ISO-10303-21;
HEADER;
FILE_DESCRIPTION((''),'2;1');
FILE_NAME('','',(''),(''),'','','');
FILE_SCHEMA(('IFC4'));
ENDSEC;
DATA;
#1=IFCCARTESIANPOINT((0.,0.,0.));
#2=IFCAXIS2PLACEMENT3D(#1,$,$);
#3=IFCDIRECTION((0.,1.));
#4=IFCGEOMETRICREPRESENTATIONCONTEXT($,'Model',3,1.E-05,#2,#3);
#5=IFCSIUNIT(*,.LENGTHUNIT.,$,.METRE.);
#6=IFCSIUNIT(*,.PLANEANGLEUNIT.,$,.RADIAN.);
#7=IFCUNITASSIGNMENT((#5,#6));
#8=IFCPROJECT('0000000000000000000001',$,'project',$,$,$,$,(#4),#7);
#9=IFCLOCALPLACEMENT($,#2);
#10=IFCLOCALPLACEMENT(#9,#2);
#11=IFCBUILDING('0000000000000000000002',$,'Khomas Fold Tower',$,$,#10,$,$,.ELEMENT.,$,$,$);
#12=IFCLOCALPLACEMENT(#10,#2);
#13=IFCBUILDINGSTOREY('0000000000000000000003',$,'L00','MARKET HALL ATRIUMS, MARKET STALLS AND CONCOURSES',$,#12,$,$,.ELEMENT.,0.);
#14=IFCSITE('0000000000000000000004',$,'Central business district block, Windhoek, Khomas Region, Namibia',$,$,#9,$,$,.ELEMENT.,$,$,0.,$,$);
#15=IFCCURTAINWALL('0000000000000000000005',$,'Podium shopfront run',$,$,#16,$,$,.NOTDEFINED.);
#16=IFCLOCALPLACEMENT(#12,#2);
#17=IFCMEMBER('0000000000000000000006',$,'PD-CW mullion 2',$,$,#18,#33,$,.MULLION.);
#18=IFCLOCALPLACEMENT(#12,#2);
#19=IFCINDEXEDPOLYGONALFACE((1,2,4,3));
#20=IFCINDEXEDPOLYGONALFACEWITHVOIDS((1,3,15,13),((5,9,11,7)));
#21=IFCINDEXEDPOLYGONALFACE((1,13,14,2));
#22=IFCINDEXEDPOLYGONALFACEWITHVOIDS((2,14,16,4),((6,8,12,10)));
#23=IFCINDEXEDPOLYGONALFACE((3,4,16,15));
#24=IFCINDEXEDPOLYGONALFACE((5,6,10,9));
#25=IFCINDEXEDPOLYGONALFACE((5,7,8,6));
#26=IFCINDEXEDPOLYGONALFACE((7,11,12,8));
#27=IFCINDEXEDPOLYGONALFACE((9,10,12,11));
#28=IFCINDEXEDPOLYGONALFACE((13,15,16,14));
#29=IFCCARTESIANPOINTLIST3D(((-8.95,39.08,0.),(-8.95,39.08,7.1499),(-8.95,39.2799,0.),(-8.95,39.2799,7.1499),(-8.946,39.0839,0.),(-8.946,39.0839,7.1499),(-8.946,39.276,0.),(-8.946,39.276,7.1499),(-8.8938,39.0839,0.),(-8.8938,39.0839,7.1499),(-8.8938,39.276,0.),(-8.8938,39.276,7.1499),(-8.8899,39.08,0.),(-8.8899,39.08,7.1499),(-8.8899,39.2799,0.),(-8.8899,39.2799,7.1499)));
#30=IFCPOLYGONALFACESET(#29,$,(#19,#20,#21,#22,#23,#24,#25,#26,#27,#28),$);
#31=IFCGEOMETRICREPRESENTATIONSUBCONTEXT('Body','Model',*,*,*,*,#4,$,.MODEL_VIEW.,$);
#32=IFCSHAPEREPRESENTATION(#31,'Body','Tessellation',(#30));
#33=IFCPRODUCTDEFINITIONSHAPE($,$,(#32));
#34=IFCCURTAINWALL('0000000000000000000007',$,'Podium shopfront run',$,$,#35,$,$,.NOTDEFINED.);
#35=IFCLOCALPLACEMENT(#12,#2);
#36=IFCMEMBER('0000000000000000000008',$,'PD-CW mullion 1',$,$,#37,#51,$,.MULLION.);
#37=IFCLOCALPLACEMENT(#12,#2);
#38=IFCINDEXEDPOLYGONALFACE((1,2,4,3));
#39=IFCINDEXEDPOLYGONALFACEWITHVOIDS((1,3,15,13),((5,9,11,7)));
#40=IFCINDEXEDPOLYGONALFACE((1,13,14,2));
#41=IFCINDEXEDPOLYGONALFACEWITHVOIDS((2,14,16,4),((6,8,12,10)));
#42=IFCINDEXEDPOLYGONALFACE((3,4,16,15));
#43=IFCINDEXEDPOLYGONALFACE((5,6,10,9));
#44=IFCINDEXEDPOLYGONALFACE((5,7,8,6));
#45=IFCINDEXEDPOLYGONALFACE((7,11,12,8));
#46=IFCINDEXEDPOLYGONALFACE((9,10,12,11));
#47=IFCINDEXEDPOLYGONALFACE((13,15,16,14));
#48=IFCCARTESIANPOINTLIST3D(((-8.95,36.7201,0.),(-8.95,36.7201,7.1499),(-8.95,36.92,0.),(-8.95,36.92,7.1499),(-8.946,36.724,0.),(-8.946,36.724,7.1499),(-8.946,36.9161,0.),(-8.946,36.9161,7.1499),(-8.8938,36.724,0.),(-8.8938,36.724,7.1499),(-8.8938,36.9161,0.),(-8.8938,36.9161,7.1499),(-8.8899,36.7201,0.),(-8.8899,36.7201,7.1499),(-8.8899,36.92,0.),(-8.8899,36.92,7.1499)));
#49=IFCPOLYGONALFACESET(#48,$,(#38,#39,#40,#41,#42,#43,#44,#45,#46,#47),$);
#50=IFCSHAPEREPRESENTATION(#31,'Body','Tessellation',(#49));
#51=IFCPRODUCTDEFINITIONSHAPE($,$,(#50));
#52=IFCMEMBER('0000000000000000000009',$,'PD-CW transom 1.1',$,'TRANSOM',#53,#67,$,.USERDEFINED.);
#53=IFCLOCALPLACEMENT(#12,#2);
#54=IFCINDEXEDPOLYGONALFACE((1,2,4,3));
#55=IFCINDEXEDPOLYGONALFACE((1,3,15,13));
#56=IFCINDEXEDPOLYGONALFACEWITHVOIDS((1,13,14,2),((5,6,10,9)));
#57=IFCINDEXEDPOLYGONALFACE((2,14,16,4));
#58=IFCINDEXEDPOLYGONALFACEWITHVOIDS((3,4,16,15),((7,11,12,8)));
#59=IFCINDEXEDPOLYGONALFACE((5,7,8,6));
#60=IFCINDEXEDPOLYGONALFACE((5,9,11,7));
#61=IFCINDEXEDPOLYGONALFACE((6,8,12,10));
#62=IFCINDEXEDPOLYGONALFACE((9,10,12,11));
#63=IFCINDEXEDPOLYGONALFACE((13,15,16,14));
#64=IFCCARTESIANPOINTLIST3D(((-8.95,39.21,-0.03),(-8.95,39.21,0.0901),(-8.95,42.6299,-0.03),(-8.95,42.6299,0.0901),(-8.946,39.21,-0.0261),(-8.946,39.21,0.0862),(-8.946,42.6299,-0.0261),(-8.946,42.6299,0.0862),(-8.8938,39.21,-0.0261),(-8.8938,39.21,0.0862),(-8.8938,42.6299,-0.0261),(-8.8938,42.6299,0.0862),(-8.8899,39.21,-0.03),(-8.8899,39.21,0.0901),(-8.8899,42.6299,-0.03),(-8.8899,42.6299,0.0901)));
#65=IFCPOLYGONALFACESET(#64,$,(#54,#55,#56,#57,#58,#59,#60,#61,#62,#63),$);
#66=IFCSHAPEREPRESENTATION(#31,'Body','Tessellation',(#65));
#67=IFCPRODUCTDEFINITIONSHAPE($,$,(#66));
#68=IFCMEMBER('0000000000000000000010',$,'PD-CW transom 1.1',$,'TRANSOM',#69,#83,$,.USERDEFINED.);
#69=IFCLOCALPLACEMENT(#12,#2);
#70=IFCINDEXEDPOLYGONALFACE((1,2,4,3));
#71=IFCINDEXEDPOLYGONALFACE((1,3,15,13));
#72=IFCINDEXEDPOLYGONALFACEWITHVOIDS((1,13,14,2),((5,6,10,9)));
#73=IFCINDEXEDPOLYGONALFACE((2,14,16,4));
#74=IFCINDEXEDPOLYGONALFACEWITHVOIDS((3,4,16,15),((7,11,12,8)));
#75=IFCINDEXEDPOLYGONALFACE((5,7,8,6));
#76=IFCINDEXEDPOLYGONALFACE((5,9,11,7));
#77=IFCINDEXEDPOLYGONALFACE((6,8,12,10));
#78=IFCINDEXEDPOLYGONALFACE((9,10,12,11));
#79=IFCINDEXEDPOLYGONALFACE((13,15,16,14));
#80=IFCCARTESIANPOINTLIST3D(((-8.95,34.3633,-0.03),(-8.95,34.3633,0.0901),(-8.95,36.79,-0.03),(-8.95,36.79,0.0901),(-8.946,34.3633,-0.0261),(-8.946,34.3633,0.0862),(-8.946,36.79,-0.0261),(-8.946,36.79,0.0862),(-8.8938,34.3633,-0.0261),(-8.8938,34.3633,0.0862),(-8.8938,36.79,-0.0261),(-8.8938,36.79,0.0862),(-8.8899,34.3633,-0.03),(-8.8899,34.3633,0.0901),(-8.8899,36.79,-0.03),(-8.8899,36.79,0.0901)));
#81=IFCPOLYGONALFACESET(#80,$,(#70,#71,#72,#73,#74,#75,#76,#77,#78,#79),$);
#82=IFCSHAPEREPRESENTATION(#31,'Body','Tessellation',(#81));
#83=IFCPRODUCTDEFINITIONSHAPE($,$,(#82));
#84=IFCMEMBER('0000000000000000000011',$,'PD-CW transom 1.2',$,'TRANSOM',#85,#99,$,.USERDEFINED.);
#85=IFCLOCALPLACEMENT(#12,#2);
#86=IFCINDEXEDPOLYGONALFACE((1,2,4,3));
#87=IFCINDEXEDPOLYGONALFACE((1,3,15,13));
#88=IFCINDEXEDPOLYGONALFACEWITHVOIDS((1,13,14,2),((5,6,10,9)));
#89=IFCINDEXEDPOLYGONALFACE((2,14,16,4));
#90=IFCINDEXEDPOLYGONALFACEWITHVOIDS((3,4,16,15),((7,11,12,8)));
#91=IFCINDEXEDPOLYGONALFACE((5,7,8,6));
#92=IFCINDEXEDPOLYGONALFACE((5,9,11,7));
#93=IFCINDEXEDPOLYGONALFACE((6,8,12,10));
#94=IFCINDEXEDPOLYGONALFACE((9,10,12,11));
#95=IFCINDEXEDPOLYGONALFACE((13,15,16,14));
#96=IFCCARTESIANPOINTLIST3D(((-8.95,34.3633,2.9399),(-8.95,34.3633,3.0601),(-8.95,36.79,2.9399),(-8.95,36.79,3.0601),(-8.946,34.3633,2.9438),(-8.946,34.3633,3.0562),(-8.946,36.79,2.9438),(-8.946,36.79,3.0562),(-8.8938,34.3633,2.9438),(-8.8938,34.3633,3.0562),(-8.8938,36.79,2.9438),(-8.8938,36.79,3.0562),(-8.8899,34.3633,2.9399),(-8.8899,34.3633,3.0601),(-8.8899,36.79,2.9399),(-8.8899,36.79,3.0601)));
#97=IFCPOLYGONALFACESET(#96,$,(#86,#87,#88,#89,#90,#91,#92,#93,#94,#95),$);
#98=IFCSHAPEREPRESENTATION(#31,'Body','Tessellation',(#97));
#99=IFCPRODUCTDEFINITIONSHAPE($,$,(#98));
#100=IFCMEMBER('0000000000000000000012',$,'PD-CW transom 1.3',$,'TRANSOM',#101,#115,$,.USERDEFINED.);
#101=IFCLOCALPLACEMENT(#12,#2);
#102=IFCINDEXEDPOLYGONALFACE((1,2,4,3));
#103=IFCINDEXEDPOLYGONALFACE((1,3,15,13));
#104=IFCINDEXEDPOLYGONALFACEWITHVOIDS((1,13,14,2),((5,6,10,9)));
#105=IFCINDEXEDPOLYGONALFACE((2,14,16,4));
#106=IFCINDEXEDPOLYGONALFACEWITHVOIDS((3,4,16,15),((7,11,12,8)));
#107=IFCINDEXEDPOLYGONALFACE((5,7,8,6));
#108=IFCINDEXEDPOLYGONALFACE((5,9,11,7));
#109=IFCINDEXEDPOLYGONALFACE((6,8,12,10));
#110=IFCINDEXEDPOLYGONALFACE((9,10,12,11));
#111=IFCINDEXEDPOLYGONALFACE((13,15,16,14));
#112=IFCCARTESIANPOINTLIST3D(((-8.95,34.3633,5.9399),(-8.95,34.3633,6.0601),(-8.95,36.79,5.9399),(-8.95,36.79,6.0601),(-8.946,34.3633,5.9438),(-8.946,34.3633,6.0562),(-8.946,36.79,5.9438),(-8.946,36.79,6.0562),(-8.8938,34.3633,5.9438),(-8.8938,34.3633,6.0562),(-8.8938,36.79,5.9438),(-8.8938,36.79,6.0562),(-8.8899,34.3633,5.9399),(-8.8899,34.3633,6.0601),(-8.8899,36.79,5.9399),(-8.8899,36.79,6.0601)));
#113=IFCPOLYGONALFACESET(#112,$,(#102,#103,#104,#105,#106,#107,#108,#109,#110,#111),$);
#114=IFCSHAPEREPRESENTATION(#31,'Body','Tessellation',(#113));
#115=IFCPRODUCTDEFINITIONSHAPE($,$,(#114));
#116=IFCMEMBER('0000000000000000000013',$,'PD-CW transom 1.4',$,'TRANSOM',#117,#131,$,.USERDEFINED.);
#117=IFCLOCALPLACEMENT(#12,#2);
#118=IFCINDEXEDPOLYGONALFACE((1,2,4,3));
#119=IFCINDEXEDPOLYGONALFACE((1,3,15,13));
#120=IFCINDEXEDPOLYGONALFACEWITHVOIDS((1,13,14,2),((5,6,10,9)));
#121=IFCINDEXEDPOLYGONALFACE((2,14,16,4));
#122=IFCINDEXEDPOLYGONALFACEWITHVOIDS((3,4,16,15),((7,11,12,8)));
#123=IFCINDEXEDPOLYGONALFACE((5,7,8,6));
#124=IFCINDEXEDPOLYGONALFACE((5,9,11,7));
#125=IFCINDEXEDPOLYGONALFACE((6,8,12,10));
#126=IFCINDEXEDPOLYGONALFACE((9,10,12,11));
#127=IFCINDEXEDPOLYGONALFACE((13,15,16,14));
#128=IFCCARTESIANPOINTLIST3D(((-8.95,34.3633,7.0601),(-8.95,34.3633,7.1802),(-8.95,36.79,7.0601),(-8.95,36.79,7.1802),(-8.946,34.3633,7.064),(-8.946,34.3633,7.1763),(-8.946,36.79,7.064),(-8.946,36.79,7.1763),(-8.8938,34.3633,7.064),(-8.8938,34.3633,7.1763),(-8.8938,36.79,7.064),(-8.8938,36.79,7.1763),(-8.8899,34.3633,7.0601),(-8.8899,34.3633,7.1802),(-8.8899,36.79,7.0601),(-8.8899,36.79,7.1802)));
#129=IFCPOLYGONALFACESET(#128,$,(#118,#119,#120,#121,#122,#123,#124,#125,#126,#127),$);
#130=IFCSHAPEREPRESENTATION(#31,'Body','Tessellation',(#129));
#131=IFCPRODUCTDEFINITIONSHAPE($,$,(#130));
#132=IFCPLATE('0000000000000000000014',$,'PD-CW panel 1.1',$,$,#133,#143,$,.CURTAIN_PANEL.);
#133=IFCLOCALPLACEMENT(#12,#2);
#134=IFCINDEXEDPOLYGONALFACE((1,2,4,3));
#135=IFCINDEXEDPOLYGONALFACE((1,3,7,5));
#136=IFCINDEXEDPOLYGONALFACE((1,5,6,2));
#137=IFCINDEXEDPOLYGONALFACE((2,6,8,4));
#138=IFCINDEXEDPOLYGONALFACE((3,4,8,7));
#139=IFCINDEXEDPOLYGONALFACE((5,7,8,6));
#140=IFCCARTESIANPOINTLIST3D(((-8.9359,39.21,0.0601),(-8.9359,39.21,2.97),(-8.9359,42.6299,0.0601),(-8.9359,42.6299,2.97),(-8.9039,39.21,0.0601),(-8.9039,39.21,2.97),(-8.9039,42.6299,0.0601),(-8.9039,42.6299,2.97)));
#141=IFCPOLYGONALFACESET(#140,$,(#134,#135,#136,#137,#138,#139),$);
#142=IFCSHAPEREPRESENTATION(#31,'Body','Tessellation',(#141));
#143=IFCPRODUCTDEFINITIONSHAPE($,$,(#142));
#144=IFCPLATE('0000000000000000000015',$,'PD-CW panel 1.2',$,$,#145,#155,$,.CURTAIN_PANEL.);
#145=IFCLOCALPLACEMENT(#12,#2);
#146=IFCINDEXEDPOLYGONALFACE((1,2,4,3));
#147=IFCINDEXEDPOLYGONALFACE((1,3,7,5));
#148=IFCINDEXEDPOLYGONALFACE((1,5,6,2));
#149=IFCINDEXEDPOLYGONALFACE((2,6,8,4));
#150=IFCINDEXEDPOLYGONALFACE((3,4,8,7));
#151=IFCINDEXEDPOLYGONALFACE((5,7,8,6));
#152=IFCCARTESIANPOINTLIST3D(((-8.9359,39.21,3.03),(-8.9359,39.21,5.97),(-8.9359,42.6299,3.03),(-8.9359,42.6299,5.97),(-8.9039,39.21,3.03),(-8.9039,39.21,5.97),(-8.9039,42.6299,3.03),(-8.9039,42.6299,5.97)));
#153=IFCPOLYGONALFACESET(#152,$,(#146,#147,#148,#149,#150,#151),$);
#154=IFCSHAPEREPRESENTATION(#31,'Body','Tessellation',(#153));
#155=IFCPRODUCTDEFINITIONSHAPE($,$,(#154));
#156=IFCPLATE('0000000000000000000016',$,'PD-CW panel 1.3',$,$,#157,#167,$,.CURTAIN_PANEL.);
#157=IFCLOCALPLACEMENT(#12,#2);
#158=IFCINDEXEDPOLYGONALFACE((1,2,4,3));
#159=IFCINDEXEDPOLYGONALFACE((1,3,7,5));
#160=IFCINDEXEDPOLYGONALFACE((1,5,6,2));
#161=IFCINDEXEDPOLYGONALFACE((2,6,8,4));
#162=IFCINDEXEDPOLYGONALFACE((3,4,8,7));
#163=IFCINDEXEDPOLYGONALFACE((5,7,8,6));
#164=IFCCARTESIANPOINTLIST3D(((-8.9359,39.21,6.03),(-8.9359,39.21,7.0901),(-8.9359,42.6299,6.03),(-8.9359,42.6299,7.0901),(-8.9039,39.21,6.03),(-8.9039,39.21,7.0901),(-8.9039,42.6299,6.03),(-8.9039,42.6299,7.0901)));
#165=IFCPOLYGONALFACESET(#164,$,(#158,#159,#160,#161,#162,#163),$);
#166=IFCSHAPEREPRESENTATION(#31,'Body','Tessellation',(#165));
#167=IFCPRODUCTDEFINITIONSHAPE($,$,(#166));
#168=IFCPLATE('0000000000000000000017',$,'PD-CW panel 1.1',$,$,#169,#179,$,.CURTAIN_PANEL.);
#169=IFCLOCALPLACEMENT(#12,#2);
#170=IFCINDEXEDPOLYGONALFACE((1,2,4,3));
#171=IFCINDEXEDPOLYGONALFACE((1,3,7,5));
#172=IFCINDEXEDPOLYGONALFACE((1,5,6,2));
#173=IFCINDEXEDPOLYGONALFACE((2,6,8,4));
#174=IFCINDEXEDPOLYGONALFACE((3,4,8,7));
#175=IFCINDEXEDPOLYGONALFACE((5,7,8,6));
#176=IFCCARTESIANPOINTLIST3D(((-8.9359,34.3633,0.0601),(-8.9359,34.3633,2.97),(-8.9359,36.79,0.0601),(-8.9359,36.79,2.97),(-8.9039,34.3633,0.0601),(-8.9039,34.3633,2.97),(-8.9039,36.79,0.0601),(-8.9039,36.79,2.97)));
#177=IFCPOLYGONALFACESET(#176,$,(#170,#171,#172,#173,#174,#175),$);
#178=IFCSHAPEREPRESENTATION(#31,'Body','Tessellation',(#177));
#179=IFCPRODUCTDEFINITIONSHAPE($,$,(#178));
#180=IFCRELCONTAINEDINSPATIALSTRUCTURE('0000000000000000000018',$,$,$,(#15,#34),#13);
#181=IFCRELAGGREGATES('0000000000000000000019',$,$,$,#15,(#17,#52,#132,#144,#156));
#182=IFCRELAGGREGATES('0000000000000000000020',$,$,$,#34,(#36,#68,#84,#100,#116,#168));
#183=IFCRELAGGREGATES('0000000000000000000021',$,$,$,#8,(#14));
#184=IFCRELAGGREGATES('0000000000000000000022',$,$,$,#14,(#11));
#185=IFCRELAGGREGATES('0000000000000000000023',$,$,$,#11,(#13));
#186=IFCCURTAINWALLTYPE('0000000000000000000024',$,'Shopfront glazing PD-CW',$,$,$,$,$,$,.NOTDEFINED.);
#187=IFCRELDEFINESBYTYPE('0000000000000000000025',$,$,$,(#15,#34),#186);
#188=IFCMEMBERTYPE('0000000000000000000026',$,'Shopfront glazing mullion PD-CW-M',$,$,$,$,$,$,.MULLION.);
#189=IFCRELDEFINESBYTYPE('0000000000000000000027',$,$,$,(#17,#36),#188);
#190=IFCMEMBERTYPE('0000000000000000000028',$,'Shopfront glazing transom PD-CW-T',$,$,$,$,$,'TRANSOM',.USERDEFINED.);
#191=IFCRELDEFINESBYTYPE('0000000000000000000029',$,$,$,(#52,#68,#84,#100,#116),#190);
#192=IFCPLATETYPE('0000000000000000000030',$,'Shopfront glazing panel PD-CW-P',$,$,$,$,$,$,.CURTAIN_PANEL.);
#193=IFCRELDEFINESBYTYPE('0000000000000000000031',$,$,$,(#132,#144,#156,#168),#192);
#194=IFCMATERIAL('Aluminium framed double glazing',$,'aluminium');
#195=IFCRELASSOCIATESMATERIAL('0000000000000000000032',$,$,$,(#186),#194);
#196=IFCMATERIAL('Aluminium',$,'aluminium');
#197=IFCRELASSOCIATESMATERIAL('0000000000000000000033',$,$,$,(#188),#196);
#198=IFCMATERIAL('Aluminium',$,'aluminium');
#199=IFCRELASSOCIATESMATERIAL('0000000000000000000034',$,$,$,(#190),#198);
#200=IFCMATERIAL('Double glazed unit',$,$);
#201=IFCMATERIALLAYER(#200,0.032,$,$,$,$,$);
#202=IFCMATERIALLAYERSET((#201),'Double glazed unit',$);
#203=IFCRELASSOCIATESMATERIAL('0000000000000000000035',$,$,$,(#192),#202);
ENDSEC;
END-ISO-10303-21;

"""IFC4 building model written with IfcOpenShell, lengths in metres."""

from ifc_helpers import new_model, si_unit, direction, frame, origin, origin_2d, place, context, subcontext, project, spatial, rectangle, hollow_rectangle, extrude, source, transform, mapped, material, layer, layer_set, material_profile, profile_set, type_object, element, aggregate, save


model = new_model("IFC4")

# Units and contexts
model_context = context("Model", 3, precision=1e-05, world=origin(), true_north=direction((0.0, 1.0)))
body_context = subcontext(model_context, "Body", "Model", "MODEL_VIEW")
ifc_project = project(units=[si_unit("LENGTHUNIT", "METRE"), si_unit("PLANEANGLEUNIT", "RADIAN")], contexts=[model_context])

# Site, building, storey
site_placement = place(None, origin())
site = spatial("IfcSite", under=ifc_project, at=site_placement, Name="Central business district block, Windhoek, Khomas Region, Namibia", CompositionType="ELEMENT", RefElevation=0.0)
building_placement = place(site_placement, origin())
building = spatial("IfcBuilding", under=site, at=building_placement, Name="Khomas Fold Tower", CompositionType="ELEMENT")
storey_placement = place(building_placement, origin())
storey = spatial("IfcBuildingStorey", under=building, at=storey_placement, Name="L00", Description="MARKET HALL ATRIUMS, MARKET STALLS AND CONCOURSES", CompositionType="ELEMENT", Elevation=0.0)

# Curtain walls, members
ifc_material_1 = material(Name="Aluminium framed double glazing", Category="aluminium")
curtain_wall_type = type_object("IfcCurtainWallType", Name="Shopfront glazing PD-CW", PredefinedType="NOTDEFINED", material=ifc_material_1)
curtain_wall_1_placement = place(storey_placement, origin())
curtain_wall_1 = element("IfcCurtainWall", 1, at=curtain_wall_1_placement, inside=storey, type_object=curtain_wall_type, Name="Podium shopfront run", PredefinedType="NOTDEFINED")
ifc_material_2 = material(Name="Aluminium", Category="aluminium")
ifc_material_profile_1 = material_profile(ifc_material_2, hollow_rectangle(XDim=0.0601, YDim=0.2, WallThickness=0.0039, at=origin_2d()), Name="Shopfront glazing mullion PD-CW-M")
ifc_profile_set_1 = profile_set([ifc_material_profile_1], Name="Aluminium")
member_type_1 = type_object("IfcMemberType", Name="Shopfront glazing mullion PD-CW-M", PredefinedType="MULLION", material=ifc_profile_set_1)
shared_shape_1 = source(origin(), body_context, "Body", "SweptSolid", [
    extrude(hollow_rectangle(XDim=0.0601, YDim=0.2, WallThickness=0.0039, at=origin_2d()), origin(), (0.0, 0.0, 1.0), 7.1499),
])
member_1_placement = place(storey_placement, frame((-8.9199, 39.1799, 0.0), z_axis=(0.0, 0.0, 1.0), x_axis=(1.0, 0.0, 0.0)))
member_1 = element("IfcMember", 2, at=member_1_placement, type_object=member_type_1, Name="PD-CW mullion 2", PredefinedType="MULLION", context=body_context, shape_type="MappedRepresentation", body=[
    mapped(shared_shape_1, transform((0.0, 0.0, 0.0))),
])
curtain_wall_2_placement = place(storey_placement, origin())
curtain_wall_2 = element("IfcCurtainWall", 3, at=curtain_wall_2_placement, inside=storey, type_object=curtain_wall_type, Name="Podium shopfront run", PredefinedType="NOTDEFINED")
member_2_placement = place(storey_placement, frame((-8.9199, 36.8201, 0.0), z_axis=(0.0, 0.0, 1.0), x_axis=(1.0, 0.0, 0.0)))
member_2 = element("IfcMember", 4, at=member_2_placement, type_object=member_type_1, Name="PD-CW mullion 1", PredefinedType="MULLION", context=body_context, shape_type="MappedRepresentation", body=[
    mapped(shared_shape_1, transform((0.0, 0.0, 0.0))),
])

# Members
ifc_material_3 = material(Name="Aluminium", Category="aluminium")
ifc_material_profile_2 = material_profile(ifc_material_3, hollow_rectangle(XDim=0.0601, YDim=0.1201, WallThickness=0.0039, at=origin_2d()), Name="Shopfront glazing transom PD-CW-T")
ifc_profile_set_2 = profile_set([ifc_material_profile_2], Name="Aluminium")
member_type_2 = type_object("IfcMemberType", Name="Shopfront glazing transom PD-CW-T", ElementType="TRANSOM", PredefinedType="USERDEFINED", material=ifc_profile_set_2)
shared_shape_2 = source(origin(), body_context, "Body", "SweptSolid", [
    extrude(hollow_rectangle(XDim=0.0601, YDim=0.1201, WallThickness=0.0039, at=origin_2d()), origin(), (0.0, 0.0, 1.0), 3.4199),
])
member_3_placement = place(storey_placement, frame((-8.9199, 42.6299, 0.03), z_axis=(0.0, -1.0, 0.0), x_axis=(1.0, 0.0, 0.0)))
member_3 = element("IfcMember", 5, at=member_3_placement, type_object=member_type_2, Name="PD-CW transom 1.1", ObjectType="TRANSOM", PredefinedType="USERDEFINED", context=body_context, shape_type="MappedRepresentation", body=[
    mapped(shared_shape_2, transform((0.0, 0.0, 0.0))),
])
shared_shape_3 = source(origin(), body_context, "Body", "SweptSolid", [
    extrude(hollow_rectangle(XDim=0.0601, YDim=0.1201, WallThickness=0.0039, at=origin_2d()), origin(), (0.0, 0.0, 1.0), 2.4268),
])
member_4_placement = place(storey_placement, frame((-8.9199, 36.79, 0.03), z_axis=(0.0, -1.0, 0.0), x_axis=(1.0, 0.0, 0.0)))
member_4 = element("IfcMember", 6, at=member_4_placement, type_object=member_type_2, Name="PD-CW transom 1.1", ObjectType="TRANSOM", PredefinedType="USERDEFINED", context=body_context, shape_type="MappedRepresentation", body=[
    mapped(shared_shape_3, transform((0.0, 0.0, 0.0))),
])
member_5_placement = place(storey_placement, frame((-8.9199, 36.79, 3.0), z_axis=(0.0, -1.0, 0.0), x_axis=(1.0, 0.0, 0.0)))
member_5 = element("IfcMember", 7, at=member_5_placement, type_object=member_type_2, Name="PD-CW transom 1.2", ObjectType="TRANSOM", PredefinedType="USERDEFINED", context=body_context, shape_type="MappedRepresentation", body=[
    mapped(shared_shape_3, transform((0.0, 0.0, 0.0))),
])
member_6_placement = place(storey_placement, frame((-8.9199, 36.79, 6.0), z_axis=(0.0, -1.0, 0.0), x_axis=(1.0, 0.0, 0.0)))
member_6 = element("IfcMember", 8, at=member_6_placement, type_object=member_type_2, Name="PD-CW transom 1.3", ObjectType="TRANSOM", PredefinedType="USERDEFINED", context=body_context, shape_type="MappedRepresentation", body=[
    mapped(shared_shape_3, transform((0.0, 0.0, 0.0))),
])
member_7_placement = place(storey_placement, frame((-8.9199, 36.79, 7.1201), z_axis=(0.0, -1.0, 0.0), x_axis=(1.0, 0.0, 0.0)))
member_7 = element("IfcMember", 9, at=member_7_placement, type_object=member_type_2, Name="PD-CW transom 1.4", ObjectType="TRANSOM", PredefinedType="USERDEFINED", context=body_context, shape_type="MappedRepresentation", body=[
    mapped(shared_shape_3, transform((0.0, 0.0, 0.0))),
])

# Plates
ifc_material_4 = material(Name="Double glazed unit")
ifc_layer_1 = layer(ifc_material_4, 0.032)
ifc_layer_set_1 = layer_set([ifc_layer_1], Name="Double glazed unit")
plate_type = type_object("IfcPlateType", Name="Shopfront glazing panel PD-CW-P", PredefinedType="CURTAIN_PANEL", material=ifc_layer_set_1)
shared_shape_4 = source(origin(), body_context, "Body", "SweptSolid", [
    extrude(rectangle(XDim=3.4199, YDim=0.032, at=origin_2d()), origin(), (0.0, 0.0, 1.0), 2.9099),
])
plate_1_placement = place(storey_placement, frame((-8.9199, 40.9199, 0.0601), z_axis=(0.0, 0.0, 1.0), x_axis=(0.0, -1.0, 0.0)))
plate_1 = element("IfcPlate", 10, at=plate_1_placement, type_object=plate_type, Name="PD-CW panel 1.1", PredefinedType="CURTAIN_PANEL", context=body_context, shape_type="MappedRepresentation", body=[
    mapped(shared_shape_4, transform((0.0, 0.0, 0.0))),
])
shared_shape_5 = source(origin(), body_context, "Body", "SweptSolid", [
    extrude(rectangle(XDim=3.4199, YDim=0.032, at=origin_2d()), origin(), (0.0, 0.0, 1.0), 2.9399),
])
plate_2_placement = place(storey_placement, frame((-8.9199, 40.9199, 3.03), z_axis=(0.0, 0.0, 1.0), x_axis=(0.0, -1.0, 0.0)))
plate_2 = element("IfcPlate", 11, at=plate_2_placement, type_object=plate_type, Name="PD-CW panel 1.2", PredefinedType="CURTAIN_PANEL", context=body_context, shape_type="MappedRepresentation", body=[
    mapped(shared_shape_5, transform((0.0, 0.0, 0.0))),
])
shared_shape_6 = source(origin(), body_context, "Body", "SweptSolid", [
    extrude(rectangle(XDim=3.4199, YDim=0.032, at=origin_2d()), origin(), (0.0, 0.0, 1.0), 1.0601),
])
plate_3_placement = place(storey_placement, frame((-8.9199, 40.9199, 6.03), z_axis=(0.0, 0.0, 1.0), x_axis=(0.0, -1.0, 0.0)))
plate_3 = element("IfcPlate", 12, at=plate_3_placement, type_object=plate_type, Name="PD-CW panel 1.3", PredefinedType="CURTAIN_PANEL", context=body_context, shape_type="MappedRepresentation", body=[
    mapped(shared_shape_6, transform((0.0, 0.0, 0.0))),
])
aggregate(curtain_wall_1, [member_1, member_3, plate_1, plate_2, plate_3])
shared_shape_7 = source(origin(), body_context, "Body", "SweptSolid", [
    extrude(rectangle(XDim=2.4268, YDim=0.032, at=origin_2d()), origin(), (0.0, 0.0, 1.0), 2.9099),
])
plate_4_placement = place(storey_placement, frame((-8.9199, 35.5767, 0.0601), z_axis=(0.0, 0.0, 1.0), x_axis=(0.0, -1.0, 0.0)))
plate_4 = element("IfcPlate", 13, at=plate_4_placement, type_object=plate_type, Name="PD-CW panel 1.1", PredefinedType="CURTAIN_PANEL", context=body_context, shape_type="MappedRepresentation", body=[
    mapped(shared_shape_7, transform((0.0, 0.0, 0.0))),
])
aggregate(curtain_wall_2, [member_2, member_4, member_5, member_6, member_7, plate_4])

save(model, "model.ifc")
